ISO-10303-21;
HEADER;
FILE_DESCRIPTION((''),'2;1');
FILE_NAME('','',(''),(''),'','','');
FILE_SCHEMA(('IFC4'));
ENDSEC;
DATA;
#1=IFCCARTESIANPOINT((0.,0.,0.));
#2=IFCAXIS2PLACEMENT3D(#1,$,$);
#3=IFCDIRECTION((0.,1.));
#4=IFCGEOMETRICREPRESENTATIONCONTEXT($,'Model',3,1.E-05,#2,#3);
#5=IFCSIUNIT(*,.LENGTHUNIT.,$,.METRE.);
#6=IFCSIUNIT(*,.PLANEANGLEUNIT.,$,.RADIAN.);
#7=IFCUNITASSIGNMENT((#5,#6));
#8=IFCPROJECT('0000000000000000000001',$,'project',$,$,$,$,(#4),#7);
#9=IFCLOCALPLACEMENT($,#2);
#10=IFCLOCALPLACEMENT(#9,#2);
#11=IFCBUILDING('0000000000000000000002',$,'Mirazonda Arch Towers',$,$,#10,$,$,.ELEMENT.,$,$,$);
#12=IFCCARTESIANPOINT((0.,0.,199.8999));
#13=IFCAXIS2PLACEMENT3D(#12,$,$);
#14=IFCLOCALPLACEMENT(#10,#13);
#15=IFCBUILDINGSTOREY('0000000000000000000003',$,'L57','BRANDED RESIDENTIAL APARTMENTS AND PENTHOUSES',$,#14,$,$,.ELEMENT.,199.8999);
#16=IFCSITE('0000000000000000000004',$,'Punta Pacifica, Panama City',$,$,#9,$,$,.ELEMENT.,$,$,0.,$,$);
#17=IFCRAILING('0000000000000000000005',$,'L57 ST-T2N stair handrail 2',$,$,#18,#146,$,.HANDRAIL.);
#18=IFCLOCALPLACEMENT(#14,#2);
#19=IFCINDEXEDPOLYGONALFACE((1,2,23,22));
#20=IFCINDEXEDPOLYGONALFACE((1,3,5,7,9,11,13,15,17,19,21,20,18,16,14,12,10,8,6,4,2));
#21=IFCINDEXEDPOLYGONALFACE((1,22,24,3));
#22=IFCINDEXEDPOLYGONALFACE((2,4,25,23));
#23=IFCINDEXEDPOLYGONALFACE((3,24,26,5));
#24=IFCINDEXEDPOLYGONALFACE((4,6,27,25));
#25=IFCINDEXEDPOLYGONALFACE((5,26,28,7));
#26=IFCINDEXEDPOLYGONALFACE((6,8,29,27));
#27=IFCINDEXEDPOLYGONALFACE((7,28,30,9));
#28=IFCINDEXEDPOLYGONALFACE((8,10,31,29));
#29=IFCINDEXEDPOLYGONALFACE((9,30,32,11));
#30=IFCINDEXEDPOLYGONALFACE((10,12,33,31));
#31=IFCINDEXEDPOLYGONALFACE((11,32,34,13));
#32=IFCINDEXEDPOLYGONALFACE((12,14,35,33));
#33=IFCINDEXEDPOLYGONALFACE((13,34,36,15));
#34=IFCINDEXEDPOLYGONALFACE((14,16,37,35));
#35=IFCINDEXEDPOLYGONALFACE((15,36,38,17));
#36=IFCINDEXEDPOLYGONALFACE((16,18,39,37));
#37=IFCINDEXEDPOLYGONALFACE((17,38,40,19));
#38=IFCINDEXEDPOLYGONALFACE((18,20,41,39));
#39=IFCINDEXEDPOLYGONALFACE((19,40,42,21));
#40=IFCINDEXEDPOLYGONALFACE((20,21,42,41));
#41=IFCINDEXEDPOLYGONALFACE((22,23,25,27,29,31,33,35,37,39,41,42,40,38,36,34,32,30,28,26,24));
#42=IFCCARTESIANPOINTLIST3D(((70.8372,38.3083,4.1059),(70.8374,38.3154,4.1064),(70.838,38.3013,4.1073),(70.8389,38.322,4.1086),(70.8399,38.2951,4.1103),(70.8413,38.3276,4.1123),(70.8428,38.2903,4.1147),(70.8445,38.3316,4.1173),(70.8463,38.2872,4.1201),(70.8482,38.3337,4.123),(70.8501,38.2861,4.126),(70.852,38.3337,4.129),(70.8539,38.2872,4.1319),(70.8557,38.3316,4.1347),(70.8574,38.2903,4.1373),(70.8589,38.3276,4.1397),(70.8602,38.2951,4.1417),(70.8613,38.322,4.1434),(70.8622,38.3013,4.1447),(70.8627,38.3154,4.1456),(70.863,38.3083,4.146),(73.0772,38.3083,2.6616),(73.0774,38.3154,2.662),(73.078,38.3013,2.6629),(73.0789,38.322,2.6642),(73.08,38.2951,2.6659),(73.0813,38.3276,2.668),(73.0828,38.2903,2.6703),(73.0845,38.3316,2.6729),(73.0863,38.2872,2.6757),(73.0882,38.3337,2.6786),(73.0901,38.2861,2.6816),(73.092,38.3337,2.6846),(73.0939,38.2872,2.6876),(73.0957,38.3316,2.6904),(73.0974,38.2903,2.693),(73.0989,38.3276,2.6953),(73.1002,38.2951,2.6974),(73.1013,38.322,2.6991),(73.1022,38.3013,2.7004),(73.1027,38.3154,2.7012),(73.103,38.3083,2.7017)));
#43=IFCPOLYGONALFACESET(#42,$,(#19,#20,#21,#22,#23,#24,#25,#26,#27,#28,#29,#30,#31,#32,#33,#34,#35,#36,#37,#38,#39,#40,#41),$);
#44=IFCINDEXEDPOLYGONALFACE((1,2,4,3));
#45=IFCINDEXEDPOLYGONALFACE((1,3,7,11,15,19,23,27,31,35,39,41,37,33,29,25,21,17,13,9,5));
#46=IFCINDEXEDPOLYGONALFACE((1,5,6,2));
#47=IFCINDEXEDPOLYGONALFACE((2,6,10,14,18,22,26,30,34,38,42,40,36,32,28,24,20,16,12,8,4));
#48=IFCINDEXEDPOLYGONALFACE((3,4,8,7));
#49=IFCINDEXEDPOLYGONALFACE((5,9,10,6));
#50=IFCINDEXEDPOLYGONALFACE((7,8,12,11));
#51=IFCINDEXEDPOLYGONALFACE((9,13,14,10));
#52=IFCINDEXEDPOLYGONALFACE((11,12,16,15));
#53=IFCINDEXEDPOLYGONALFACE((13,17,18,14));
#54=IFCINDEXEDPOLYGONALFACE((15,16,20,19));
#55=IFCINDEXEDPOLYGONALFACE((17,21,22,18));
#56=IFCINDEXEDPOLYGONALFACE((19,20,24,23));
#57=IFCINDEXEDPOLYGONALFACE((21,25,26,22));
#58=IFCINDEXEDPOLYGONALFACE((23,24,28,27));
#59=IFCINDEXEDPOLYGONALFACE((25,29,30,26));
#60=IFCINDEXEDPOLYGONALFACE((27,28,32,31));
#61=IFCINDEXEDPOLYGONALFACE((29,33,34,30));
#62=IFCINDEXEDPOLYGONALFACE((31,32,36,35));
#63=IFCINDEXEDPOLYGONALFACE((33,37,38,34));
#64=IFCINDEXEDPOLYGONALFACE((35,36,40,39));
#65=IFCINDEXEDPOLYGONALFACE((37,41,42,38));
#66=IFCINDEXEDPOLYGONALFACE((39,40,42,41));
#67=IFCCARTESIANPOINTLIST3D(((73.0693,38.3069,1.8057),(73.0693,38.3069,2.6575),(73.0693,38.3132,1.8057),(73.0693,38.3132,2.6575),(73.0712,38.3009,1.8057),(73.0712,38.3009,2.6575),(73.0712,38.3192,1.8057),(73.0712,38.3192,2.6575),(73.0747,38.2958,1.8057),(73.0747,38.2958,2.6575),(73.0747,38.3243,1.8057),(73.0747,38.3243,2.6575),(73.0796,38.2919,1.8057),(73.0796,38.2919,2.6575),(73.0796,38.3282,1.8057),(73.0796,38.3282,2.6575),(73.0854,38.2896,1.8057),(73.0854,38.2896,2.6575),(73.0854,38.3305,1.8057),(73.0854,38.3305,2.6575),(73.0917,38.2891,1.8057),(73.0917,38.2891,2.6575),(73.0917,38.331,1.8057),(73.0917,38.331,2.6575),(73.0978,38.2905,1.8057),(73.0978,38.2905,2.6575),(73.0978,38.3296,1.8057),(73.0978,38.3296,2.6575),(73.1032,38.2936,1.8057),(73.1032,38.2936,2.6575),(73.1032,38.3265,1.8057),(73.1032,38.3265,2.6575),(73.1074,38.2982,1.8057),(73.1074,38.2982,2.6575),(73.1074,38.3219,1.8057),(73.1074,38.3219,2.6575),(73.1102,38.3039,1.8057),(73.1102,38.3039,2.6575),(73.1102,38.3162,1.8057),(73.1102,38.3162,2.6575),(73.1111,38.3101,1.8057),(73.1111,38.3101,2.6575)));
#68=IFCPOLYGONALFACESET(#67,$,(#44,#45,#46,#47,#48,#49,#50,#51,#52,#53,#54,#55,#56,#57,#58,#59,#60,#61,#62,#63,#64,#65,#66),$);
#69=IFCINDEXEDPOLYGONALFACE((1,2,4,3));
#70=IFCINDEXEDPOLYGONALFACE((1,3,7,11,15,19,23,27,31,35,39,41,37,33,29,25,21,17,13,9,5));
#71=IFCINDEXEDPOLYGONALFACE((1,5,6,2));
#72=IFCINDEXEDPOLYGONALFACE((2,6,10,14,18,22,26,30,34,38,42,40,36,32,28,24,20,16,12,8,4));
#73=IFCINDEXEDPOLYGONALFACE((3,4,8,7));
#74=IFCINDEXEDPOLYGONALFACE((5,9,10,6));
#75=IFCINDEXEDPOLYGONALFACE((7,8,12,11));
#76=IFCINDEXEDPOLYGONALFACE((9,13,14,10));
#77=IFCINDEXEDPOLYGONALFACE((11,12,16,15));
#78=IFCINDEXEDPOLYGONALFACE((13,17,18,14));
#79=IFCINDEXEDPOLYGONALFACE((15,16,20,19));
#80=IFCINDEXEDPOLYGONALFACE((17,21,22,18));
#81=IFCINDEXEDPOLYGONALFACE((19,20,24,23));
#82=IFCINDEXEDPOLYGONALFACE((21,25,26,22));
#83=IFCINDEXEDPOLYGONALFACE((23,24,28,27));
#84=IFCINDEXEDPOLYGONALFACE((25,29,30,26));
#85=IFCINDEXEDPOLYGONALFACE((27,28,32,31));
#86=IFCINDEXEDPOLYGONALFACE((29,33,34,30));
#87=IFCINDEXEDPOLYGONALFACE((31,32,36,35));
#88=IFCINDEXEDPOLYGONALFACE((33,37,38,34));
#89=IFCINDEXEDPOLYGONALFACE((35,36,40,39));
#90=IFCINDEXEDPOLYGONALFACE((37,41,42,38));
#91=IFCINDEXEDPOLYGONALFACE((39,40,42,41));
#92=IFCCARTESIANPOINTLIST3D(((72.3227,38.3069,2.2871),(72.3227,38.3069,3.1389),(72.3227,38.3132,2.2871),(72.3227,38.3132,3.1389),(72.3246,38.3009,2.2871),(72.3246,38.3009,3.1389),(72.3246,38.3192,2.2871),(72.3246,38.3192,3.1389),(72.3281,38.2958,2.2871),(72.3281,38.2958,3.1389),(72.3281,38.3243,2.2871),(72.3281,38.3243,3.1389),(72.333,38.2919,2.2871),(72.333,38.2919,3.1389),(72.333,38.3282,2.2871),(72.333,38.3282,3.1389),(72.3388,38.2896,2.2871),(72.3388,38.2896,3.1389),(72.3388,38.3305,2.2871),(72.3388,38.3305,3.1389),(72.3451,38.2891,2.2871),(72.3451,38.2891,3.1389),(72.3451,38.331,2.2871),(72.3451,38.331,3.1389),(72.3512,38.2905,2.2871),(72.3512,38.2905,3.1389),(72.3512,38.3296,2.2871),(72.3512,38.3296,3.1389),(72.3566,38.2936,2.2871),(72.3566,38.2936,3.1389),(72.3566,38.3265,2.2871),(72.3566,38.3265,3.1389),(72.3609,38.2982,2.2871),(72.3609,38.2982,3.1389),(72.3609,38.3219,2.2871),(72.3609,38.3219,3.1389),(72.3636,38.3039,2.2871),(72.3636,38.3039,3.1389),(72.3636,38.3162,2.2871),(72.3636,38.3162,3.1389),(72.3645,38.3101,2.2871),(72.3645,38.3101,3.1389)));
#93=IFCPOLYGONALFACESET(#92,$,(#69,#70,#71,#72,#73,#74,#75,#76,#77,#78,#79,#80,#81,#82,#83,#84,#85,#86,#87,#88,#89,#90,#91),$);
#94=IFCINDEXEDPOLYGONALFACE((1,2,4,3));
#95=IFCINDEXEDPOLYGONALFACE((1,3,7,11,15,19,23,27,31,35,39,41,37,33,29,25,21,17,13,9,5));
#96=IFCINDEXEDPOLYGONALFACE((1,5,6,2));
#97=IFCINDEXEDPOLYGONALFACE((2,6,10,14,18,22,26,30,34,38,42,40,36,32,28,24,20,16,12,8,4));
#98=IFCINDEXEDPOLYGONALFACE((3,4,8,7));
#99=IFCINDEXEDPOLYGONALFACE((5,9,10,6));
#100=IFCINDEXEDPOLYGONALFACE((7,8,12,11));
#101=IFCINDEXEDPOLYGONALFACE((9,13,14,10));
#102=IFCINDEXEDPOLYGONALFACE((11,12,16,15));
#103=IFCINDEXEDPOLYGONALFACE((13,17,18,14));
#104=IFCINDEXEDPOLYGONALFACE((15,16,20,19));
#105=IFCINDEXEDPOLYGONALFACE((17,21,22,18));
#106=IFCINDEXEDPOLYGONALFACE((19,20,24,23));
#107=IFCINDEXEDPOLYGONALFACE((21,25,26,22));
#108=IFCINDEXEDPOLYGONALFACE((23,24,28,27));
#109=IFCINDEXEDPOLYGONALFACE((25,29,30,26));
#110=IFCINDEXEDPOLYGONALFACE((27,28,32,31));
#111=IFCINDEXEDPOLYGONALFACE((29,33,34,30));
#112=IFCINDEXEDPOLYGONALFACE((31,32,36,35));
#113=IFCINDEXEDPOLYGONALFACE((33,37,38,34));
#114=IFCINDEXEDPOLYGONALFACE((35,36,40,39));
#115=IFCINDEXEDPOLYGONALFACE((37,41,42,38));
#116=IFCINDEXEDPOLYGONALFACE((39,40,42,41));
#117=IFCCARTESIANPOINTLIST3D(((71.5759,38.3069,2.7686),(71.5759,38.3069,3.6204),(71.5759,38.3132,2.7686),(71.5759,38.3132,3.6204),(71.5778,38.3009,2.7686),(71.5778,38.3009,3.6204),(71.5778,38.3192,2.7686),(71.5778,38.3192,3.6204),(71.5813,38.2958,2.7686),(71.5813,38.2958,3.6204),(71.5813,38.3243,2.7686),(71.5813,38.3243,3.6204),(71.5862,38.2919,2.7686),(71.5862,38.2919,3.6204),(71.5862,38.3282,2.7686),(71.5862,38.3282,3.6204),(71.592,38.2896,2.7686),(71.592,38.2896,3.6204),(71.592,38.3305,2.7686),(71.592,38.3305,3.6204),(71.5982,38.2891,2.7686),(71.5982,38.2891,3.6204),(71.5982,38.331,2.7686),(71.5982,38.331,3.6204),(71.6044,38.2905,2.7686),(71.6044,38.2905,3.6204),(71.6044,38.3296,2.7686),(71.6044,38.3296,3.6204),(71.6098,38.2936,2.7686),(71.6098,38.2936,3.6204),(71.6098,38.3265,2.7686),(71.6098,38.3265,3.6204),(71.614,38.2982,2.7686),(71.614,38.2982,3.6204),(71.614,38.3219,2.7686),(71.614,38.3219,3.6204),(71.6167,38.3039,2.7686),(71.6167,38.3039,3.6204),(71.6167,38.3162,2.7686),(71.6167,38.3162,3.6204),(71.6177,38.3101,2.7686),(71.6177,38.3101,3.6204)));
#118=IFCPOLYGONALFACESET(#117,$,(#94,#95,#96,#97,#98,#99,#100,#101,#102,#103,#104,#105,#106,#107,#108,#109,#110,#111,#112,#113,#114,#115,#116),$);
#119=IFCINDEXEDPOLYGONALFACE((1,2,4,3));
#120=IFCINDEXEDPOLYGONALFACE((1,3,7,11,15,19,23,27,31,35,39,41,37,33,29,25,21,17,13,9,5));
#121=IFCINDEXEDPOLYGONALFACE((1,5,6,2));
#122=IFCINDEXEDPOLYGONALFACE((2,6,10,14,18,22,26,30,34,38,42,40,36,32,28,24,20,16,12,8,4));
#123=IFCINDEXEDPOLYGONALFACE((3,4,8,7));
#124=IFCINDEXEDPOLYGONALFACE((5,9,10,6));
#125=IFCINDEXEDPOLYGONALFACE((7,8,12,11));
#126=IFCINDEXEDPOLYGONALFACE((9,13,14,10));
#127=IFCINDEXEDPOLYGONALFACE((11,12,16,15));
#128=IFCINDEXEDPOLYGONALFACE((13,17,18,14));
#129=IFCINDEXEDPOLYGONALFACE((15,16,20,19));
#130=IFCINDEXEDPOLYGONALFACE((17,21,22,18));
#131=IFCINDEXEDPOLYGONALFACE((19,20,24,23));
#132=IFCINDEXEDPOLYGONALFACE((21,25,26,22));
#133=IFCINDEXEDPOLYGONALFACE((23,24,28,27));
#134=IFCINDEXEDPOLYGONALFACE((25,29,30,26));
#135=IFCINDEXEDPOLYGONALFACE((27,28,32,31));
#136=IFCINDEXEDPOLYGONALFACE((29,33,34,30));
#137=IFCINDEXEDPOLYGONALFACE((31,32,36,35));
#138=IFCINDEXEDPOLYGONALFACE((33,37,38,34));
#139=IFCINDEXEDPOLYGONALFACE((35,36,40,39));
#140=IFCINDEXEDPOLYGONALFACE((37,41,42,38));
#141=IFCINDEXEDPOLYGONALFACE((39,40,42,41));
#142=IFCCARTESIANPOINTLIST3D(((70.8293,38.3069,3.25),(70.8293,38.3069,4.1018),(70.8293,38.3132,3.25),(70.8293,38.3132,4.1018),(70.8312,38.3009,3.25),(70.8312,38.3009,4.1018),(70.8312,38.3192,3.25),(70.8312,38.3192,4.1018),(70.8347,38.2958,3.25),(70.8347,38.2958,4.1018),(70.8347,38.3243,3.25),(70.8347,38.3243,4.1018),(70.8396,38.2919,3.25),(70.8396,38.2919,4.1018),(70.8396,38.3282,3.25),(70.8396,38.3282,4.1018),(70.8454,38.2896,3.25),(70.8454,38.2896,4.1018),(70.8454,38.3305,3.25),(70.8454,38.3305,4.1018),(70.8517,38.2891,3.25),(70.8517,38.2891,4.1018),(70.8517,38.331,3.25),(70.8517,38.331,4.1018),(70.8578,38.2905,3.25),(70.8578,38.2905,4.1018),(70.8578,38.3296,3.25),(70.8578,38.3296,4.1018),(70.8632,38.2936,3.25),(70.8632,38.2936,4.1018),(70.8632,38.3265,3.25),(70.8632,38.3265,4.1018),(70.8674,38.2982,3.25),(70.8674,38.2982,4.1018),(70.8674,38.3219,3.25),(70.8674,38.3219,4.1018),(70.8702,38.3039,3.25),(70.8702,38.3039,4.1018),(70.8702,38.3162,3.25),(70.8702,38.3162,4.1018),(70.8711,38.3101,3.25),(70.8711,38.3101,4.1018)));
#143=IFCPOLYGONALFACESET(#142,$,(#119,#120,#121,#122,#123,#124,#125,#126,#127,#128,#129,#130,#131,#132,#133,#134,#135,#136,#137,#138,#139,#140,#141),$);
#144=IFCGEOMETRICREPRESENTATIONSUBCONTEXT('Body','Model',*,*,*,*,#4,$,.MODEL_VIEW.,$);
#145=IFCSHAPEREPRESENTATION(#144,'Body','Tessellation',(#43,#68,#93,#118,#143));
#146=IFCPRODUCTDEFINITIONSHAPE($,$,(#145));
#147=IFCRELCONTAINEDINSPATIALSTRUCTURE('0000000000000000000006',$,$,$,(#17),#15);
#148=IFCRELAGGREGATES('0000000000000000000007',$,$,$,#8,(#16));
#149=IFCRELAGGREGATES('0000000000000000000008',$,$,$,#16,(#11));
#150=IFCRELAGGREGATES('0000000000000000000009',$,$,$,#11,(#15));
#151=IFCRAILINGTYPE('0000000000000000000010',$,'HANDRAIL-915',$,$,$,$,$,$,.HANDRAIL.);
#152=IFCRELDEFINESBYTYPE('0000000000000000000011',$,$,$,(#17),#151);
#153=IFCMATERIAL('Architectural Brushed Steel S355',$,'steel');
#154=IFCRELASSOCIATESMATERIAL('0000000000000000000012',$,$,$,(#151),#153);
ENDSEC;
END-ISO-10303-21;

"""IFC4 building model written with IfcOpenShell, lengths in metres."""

from ifc_helpers import new_model, si_unit, direction, frame, origin, origin_2d, place, context, subcontext, project, spatial, circle, extrude, material, type_object, element, save


model = new_model("IFC4")

# Units and contexts
model_context = context("Model", 3, precision=1e-05, world=origin(), true_north=direction((0.0, 1.0)))
body_context = subcontext(model_context, "Body", "Model", "MODEL_VIEW")
ifc_project = project(units=[si_unit("LENGTHUNIT", "METRE"), si_unit("PLANEANGLEUNIT", "RADIAN")], contexts=[model_context])

# Site, building, storey
site_placement = place(None, origin())
site = spatial("IfcSite", under=ifc_project, at=site_placement, Name="Punta Pacifica, Panama City", CompositionType="ELEMENT", RefElevation=0.0)
building_placement = place(site_placement, origin())
building = spatial("IfcBuilding", under=site, at=building_placement, Name="Mirazonda Arch Towers", CompositionType="ELEMENT")
storey_placement = place(building_placement, frame((0.0, 0.0, 199.8999)))
storey = spatial("IfcBuildingStorey", under=building, at=storey_placement, Name="L57", Description="BRANDED RESIDENTIAL APARTMENTS AND PENTHOUSES", CompositionType="ELEMENT", Elevation=199.8999)

# Shared definitions
ifc_material_1 = material(Name="Architectural Brushed Steel S355", Category="steel")

# Railing
railing_type_1 = type_object("IfcRailingType", Name="HANDRAIL-915", PredefinedType="HANDRAIL", material=ifc_material_1)
railing_1_placement = place(storey_placement, frame((73.0901, 38.3101, 1.8057)))
element("IfcRailing", 1, at=railing_1_placement, inside=storey, type_object=railing_type_1, Name="L57 ST-T2N stair handrail 2", PredefinedType="HANDRAIL", context=body_context, shape_type="SweptSolid", body=[
    extrude(circle(Radius=0.0239, at=origin_2d()), frame((0.0, 0.0, 0.876), z_axis=(-0.840437, 0.0, 0.54191), x_axis=(0.0, -1.0, 0.0)), (0.0, 0.0, 1.0), 2.6653),
    extrude(circle(Radius=0.021, at=origin_2d()), origin(), (0.0, 0.0, 1.0), 0.8518),
    extrude(circle(Radius=0.021, at=origin_2d()), frame((-0.7466, 0.0, 0.4814)), (0.0, 0.0, 1.0), 0.8518),
    extrude(circle(Radius=0.021, at=origin_2d()), frame((-1.4934, 0.0, 0.9629)), (0.0, 0.0, 1.0), 0.8518),
    extrude(circle(Radius=0.021, at=origin_2d()), frame((-2.24, 0.0, 1.4443)), (0.0, 0.0, 1.0), 0.8518),
])

save(model, "model.ifc")
